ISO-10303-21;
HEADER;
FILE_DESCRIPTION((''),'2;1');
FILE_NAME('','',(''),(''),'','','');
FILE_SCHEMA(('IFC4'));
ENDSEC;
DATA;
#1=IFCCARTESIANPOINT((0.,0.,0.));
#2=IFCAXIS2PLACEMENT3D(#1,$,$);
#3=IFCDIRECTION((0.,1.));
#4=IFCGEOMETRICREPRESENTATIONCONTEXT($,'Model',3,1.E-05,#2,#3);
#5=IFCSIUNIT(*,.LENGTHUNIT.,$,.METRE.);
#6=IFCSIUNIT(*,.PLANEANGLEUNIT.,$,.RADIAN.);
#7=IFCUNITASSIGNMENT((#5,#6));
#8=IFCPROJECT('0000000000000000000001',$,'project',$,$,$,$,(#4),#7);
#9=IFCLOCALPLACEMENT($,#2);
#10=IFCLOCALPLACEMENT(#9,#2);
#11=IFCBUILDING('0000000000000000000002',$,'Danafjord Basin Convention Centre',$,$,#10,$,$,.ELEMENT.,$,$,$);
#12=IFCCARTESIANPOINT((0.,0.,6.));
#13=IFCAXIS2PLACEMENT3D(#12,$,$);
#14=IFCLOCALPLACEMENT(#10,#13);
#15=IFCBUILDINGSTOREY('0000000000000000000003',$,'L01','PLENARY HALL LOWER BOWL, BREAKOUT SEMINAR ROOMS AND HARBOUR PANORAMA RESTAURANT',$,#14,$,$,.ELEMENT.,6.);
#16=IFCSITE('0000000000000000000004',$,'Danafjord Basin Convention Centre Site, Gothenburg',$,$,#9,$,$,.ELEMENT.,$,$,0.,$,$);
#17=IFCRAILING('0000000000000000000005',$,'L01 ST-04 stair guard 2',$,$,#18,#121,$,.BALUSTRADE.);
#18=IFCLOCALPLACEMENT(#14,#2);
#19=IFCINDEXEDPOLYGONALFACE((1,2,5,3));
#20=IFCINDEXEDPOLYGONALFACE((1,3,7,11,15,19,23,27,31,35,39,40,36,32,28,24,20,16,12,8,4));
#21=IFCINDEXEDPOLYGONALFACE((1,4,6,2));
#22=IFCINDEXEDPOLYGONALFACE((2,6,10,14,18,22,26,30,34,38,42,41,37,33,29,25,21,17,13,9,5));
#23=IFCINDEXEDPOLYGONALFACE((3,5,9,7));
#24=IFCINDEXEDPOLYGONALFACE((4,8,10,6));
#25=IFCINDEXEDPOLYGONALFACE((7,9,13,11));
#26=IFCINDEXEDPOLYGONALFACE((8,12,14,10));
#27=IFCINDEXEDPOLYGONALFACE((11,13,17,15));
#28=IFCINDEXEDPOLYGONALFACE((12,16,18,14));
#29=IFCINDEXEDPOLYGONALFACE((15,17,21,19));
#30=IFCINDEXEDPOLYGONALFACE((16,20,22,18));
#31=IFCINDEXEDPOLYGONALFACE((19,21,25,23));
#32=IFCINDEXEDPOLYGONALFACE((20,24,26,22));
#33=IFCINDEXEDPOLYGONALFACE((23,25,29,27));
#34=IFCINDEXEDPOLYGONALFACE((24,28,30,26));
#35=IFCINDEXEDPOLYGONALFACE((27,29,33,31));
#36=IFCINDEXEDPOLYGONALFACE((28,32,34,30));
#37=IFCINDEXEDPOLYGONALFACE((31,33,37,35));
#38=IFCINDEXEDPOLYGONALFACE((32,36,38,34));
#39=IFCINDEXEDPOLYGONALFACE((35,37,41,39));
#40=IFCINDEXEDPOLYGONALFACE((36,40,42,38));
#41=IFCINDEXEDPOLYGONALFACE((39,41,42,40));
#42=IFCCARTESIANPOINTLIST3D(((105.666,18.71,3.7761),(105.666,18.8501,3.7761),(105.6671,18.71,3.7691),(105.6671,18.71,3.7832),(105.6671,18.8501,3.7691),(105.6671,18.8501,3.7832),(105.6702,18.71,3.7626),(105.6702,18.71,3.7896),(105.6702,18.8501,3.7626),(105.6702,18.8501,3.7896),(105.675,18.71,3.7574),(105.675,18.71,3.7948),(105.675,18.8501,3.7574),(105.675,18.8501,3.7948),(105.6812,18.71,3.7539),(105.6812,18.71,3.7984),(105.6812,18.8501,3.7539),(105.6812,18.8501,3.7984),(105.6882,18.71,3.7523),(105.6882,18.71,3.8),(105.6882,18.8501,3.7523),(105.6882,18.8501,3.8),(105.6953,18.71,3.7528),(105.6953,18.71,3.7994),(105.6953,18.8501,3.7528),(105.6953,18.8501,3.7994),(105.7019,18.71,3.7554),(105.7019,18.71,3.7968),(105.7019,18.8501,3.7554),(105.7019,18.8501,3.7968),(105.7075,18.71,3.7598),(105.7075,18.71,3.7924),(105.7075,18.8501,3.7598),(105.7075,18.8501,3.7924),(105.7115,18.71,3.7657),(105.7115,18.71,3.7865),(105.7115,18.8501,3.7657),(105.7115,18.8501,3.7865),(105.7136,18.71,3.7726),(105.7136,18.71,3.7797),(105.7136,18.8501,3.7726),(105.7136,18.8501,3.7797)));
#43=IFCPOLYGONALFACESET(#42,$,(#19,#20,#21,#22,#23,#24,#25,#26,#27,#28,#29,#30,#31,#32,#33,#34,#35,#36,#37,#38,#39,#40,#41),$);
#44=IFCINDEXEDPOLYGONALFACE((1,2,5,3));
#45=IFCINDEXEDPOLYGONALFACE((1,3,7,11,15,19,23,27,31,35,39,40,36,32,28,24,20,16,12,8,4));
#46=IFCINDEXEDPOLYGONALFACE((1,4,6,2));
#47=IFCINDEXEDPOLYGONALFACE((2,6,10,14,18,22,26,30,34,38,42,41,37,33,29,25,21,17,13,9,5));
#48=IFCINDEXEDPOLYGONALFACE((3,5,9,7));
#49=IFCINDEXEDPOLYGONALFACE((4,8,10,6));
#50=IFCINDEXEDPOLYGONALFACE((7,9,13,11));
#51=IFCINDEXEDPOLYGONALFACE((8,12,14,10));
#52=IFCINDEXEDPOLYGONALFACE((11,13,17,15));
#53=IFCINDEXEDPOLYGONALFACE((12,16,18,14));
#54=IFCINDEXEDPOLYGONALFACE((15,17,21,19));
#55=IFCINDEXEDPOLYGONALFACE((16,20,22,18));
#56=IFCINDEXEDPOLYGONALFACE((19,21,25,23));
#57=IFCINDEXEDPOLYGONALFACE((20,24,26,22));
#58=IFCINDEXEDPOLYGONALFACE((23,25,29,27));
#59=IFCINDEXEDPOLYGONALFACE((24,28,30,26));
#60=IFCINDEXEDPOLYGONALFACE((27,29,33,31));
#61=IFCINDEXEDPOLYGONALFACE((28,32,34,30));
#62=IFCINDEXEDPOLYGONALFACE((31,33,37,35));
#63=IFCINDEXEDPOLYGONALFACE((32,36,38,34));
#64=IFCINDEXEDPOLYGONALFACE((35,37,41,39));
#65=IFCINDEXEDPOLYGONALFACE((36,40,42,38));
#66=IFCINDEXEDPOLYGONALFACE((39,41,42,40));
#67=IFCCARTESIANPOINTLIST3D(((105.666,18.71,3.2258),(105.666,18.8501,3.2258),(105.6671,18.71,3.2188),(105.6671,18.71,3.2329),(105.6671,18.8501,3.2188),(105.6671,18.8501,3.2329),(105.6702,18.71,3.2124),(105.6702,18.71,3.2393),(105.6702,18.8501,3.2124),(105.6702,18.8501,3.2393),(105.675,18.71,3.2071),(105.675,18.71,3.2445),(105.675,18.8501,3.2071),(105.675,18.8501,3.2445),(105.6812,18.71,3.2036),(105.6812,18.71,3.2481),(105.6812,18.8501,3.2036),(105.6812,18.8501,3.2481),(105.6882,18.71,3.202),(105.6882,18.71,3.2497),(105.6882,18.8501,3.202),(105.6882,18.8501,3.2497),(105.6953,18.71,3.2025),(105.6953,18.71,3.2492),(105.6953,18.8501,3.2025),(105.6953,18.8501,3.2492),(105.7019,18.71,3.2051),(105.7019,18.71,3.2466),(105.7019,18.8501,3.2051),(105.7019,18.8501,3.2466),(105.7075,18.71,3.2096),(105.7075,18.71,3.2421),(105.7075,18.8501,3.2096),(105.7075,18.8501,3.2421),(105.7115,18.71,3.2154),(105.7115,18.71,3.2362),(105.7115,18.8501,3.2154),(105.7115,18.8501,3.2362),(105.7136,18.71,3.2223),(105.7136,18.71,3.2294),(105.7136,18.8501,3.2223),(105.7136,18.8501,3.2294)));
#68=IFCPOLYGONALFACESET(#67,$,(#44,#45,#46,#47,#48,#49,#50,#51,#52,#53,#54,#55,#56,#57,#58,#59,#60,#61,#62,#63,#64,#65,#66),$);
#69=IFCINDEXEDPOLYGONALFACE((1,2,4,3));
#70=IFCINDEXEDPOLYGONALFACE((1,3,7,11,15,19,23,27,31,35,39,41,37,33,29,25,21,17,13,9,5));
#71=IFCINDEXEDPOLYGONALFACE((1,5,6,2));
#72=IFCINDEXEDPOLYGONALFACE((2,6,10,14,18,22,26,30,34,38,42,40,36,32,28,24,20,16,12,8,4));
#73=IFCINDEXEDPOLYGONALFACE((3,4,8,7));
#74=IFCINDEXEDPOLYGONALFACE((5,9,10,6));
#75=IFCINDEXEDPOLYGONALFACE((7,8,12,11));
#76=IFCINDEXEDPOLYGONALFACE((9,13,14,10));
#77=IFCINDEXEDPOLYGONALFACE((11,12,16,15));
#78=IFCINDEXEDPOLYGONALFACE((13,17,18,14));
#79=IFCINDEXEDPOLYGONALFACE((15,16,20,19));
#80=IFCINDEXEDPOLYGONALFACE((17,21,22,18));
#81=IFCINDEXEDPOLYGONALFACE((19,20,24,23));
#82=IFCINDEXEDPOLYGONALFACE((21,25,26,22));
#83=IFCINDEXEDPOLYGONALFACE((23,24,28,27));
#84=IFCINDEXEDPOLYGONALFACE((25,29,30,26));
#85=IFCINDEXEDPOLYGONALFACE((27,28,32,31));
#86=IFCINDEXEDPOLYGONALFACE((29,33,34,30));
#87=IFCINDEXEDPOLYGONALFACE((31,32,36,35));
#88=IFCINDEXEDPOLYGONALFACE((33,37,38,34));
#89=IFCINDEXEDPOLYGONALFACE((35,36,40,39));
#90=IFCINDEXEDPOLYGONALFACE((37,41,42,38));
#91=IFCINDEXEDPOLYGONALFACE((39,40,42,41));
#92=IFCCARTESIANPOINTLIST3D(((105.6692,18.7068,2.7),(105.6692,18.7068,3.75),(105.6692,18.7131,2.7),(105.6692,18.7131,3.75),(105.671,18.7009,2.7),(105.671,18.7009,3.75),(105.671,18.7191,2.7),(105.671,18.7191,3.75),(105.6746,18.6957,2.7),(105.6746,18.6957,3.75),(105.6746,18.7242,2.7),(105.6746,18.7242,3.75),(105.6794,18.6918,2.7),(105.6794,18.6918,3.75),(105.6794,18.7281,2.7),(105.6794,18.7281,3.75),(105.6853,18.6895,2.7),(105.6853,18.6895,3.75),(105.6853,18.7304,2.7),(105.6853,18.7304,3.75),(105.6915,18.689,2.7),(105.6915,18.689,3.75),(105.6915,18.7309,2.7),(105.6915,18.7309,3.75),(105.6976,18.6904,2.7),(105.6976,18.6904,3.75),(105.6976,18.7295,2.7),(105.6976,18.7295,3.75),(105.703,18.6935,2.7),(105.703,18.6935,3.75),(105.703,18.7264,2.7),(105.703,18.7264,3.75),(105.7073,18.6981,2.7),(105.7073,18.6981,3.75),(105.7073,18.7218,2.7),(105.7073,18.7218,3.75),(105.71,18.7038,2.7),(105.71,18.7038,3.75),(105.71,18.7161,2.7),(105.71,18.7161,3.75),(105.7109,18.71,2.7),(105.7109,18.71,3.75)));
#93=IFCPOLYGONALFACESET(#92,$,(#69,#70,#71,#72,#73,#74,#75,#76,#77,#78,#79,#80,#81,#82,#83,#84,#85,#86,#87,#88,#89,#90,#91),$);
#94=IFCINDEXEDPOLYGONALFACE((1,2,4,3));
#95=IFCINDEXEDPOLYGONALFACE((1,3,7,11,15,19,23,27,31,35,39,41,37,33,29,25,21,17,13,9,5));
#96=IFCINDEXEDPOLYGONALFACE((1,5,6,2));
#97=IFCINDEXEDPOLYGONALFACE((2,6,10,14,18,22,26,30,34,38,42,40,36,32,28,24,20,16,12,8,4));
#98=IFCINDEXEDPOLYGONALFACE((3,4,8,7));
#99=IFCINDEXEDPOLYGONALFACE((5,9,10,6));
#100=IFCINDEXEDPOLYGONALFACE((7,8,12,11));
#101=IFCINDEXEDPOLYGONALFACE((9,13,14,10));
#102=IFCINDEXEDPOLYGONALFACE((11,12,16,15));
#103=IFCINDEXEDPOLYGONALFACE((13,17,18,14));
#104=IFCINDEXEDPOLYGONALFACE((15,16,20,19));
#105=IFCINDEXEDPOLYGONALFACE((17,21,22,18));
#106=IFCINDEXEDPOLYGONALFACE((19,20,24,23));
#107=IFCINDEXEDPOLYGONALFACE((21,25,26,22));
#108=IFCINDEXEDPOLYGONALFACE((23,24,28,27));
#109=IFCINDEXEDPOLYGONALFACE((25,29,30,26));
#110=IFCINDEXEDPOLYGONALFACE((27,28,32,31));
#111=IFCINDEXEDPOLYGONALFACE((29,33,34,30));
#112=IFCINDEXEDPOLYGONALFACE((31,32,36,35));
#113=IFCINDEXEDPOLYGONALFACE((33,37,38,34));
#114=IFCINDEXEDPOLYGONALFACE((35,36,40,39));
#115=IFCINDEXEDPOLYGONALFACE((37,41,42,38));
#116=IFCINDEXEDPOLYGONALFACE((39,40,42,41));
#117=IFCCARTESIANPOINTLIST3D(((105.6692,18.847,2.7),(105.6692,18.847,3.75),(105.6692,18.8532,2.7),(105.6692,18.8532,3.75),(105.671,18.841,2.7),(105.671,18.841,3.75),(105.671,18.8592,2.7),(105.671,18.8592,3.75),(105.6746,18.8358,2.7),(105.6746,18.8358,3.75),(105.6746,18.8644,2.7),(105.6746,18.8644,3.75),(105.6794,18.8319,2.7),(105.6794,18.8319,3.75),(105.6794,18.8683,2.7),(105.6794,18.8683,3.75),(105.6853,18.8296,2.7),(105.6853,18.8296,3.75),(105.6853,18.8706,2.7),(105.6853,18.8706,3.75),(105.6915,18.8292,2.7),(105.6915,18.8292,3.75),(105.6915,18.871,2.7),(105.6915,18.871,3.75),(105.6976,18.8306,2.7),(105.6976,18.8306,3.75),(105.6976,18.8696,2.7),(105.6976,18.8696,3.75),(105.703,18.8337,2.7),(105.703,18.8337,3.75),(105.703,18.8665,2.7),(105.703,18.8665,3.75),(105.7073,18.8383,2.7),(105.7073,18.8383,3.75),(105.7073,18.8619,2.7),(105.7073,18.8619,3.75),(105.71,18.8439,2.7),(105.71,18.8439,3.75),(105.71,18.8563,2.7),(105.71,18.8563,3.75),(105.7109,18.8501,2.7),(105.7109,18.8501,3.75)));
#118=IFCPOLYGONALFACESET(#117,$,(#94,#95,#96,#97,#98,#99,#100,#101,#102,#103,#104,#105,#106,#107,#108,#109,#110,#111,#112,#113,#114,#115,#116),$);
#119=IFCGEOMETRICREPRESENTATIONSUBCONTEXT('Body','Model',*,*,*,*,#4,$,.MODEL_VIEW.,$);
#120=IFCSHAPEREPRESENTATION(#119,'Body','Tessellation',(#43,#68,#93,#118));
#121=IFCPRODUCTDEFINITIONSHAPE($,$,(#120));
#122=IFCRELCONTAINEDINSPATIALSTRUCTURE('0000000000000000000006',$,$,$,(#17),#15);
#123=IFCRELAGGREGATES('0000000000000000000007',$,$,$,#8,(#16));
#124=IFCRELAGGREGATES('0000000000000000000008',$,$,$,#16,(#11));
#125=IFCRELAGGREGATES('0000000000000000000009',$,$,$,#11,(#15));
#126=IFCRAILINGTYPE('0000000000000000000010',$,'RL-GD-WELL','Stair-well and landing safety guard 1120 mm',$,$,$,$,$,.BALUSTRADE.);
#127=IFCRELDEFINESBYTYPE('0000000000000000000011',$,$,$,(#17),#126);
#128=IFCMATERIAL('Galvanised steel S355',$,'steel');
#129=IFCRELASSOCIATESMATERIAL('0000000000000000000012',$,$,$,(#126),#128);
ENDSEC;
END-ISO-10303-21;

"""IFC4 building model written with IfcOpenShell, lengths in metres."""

from ifc_helpers import new_model, si_unit, direction, frame, origin, origin_2d, place, context, subcontext, project, spatial, circle, extrude, material, type_object, element, save


model = new_model("IFC4")

# Units and contexts
model_context = context("Model", 3, precision=1e-05, world=origin(), true_north=direction((0.0, 1.0)))
body_context = subcontext(model_context, "Body", "Model", "MODEL_VIEW")
ifc_project = project(units=[si_unit("LENGTHUNIT", "METRE"), si_unit("PLANEANGLEUNIT", "RADIAN")], contexts=[model_context])

# Site, building, storey
site_placement = place(None, origin())
site = spatial("IfcSite", under=ifc_project, at=site_placement, Name="Danafjord Basin Convention Centre Site, Gothenburg", CompositionType="ELEMENT", RefElevation=0.0)
building_placement = place(site_placement, origin())
building = spatial("IfcBuilding", under=site, at=building_placement, Name="Danafjord Basin Convention Centre", CompositionType="ELEMENT")
storey_placement = place(building_placement, frame((0.0, 0.0, 6.0)))
storey = spatial("IfcBuildingStorey", under=building, at=storey_placement, Name="L01", Description="PLENARY HALL LOWER BOWL, BREAKOUT SEMINAR ROOMS AND HARBOUR PANORAMA RESTAURANT", CompositionType="ELEMENT", Elevation=6.0)

# Railing
ifc_material_1 = material(Name="Galvanised steel S355", Category="steel")
railing_type_1 = type_object("IfcRailingType", Name="RL-GD-WELL", Description="Stair-well and landing safety guard 1120 mm", PredefinedType="BALUSTRADE", material=ifc_material_1)
railing_1_placement = place(storey_placement, frame((105.6899, 18.71, 2.7)))
element("IfcRailing", 1, at=railing_1_placement, inside=storey, type_object=railing_type_1, Name="L01 ST-04 stair guard 2", PredefinedType="BALUSTRADE", context=body_context, shape_type="SweptSolid", body=[
    extrude(circle(Radius=0.0239, at=origin_2d()), frame((0.0, 0.0, 1.0762), z_axis=(0.0, 1.0, 0.0), x_axis=(-1.0, 0.0, 0.0)), (0.0, 0.0, 1.0), 0.1401),
    extrude(circle(Radius=0.0239, at=origin_2d()), frame((0.0, 0.0, 0.5259), z_axis=(0.0, 1.0, 0.0), x_axis=(-1.0, 0.0, 0.0)), (0.0, 0.0, 1.0), 0.1401),
    extrude(circle(Radius=0.021, at=origin_2d()), origin(), (0.0, 0.0, 1.0), 1.05),
    extrude(circle(Radius=0.021, at=origin_2d()), frame((0.0, 0.1401, 0.0)), (0.0, 0.0, 1.0), 1.05),
])

save(model, "model.ifc")
